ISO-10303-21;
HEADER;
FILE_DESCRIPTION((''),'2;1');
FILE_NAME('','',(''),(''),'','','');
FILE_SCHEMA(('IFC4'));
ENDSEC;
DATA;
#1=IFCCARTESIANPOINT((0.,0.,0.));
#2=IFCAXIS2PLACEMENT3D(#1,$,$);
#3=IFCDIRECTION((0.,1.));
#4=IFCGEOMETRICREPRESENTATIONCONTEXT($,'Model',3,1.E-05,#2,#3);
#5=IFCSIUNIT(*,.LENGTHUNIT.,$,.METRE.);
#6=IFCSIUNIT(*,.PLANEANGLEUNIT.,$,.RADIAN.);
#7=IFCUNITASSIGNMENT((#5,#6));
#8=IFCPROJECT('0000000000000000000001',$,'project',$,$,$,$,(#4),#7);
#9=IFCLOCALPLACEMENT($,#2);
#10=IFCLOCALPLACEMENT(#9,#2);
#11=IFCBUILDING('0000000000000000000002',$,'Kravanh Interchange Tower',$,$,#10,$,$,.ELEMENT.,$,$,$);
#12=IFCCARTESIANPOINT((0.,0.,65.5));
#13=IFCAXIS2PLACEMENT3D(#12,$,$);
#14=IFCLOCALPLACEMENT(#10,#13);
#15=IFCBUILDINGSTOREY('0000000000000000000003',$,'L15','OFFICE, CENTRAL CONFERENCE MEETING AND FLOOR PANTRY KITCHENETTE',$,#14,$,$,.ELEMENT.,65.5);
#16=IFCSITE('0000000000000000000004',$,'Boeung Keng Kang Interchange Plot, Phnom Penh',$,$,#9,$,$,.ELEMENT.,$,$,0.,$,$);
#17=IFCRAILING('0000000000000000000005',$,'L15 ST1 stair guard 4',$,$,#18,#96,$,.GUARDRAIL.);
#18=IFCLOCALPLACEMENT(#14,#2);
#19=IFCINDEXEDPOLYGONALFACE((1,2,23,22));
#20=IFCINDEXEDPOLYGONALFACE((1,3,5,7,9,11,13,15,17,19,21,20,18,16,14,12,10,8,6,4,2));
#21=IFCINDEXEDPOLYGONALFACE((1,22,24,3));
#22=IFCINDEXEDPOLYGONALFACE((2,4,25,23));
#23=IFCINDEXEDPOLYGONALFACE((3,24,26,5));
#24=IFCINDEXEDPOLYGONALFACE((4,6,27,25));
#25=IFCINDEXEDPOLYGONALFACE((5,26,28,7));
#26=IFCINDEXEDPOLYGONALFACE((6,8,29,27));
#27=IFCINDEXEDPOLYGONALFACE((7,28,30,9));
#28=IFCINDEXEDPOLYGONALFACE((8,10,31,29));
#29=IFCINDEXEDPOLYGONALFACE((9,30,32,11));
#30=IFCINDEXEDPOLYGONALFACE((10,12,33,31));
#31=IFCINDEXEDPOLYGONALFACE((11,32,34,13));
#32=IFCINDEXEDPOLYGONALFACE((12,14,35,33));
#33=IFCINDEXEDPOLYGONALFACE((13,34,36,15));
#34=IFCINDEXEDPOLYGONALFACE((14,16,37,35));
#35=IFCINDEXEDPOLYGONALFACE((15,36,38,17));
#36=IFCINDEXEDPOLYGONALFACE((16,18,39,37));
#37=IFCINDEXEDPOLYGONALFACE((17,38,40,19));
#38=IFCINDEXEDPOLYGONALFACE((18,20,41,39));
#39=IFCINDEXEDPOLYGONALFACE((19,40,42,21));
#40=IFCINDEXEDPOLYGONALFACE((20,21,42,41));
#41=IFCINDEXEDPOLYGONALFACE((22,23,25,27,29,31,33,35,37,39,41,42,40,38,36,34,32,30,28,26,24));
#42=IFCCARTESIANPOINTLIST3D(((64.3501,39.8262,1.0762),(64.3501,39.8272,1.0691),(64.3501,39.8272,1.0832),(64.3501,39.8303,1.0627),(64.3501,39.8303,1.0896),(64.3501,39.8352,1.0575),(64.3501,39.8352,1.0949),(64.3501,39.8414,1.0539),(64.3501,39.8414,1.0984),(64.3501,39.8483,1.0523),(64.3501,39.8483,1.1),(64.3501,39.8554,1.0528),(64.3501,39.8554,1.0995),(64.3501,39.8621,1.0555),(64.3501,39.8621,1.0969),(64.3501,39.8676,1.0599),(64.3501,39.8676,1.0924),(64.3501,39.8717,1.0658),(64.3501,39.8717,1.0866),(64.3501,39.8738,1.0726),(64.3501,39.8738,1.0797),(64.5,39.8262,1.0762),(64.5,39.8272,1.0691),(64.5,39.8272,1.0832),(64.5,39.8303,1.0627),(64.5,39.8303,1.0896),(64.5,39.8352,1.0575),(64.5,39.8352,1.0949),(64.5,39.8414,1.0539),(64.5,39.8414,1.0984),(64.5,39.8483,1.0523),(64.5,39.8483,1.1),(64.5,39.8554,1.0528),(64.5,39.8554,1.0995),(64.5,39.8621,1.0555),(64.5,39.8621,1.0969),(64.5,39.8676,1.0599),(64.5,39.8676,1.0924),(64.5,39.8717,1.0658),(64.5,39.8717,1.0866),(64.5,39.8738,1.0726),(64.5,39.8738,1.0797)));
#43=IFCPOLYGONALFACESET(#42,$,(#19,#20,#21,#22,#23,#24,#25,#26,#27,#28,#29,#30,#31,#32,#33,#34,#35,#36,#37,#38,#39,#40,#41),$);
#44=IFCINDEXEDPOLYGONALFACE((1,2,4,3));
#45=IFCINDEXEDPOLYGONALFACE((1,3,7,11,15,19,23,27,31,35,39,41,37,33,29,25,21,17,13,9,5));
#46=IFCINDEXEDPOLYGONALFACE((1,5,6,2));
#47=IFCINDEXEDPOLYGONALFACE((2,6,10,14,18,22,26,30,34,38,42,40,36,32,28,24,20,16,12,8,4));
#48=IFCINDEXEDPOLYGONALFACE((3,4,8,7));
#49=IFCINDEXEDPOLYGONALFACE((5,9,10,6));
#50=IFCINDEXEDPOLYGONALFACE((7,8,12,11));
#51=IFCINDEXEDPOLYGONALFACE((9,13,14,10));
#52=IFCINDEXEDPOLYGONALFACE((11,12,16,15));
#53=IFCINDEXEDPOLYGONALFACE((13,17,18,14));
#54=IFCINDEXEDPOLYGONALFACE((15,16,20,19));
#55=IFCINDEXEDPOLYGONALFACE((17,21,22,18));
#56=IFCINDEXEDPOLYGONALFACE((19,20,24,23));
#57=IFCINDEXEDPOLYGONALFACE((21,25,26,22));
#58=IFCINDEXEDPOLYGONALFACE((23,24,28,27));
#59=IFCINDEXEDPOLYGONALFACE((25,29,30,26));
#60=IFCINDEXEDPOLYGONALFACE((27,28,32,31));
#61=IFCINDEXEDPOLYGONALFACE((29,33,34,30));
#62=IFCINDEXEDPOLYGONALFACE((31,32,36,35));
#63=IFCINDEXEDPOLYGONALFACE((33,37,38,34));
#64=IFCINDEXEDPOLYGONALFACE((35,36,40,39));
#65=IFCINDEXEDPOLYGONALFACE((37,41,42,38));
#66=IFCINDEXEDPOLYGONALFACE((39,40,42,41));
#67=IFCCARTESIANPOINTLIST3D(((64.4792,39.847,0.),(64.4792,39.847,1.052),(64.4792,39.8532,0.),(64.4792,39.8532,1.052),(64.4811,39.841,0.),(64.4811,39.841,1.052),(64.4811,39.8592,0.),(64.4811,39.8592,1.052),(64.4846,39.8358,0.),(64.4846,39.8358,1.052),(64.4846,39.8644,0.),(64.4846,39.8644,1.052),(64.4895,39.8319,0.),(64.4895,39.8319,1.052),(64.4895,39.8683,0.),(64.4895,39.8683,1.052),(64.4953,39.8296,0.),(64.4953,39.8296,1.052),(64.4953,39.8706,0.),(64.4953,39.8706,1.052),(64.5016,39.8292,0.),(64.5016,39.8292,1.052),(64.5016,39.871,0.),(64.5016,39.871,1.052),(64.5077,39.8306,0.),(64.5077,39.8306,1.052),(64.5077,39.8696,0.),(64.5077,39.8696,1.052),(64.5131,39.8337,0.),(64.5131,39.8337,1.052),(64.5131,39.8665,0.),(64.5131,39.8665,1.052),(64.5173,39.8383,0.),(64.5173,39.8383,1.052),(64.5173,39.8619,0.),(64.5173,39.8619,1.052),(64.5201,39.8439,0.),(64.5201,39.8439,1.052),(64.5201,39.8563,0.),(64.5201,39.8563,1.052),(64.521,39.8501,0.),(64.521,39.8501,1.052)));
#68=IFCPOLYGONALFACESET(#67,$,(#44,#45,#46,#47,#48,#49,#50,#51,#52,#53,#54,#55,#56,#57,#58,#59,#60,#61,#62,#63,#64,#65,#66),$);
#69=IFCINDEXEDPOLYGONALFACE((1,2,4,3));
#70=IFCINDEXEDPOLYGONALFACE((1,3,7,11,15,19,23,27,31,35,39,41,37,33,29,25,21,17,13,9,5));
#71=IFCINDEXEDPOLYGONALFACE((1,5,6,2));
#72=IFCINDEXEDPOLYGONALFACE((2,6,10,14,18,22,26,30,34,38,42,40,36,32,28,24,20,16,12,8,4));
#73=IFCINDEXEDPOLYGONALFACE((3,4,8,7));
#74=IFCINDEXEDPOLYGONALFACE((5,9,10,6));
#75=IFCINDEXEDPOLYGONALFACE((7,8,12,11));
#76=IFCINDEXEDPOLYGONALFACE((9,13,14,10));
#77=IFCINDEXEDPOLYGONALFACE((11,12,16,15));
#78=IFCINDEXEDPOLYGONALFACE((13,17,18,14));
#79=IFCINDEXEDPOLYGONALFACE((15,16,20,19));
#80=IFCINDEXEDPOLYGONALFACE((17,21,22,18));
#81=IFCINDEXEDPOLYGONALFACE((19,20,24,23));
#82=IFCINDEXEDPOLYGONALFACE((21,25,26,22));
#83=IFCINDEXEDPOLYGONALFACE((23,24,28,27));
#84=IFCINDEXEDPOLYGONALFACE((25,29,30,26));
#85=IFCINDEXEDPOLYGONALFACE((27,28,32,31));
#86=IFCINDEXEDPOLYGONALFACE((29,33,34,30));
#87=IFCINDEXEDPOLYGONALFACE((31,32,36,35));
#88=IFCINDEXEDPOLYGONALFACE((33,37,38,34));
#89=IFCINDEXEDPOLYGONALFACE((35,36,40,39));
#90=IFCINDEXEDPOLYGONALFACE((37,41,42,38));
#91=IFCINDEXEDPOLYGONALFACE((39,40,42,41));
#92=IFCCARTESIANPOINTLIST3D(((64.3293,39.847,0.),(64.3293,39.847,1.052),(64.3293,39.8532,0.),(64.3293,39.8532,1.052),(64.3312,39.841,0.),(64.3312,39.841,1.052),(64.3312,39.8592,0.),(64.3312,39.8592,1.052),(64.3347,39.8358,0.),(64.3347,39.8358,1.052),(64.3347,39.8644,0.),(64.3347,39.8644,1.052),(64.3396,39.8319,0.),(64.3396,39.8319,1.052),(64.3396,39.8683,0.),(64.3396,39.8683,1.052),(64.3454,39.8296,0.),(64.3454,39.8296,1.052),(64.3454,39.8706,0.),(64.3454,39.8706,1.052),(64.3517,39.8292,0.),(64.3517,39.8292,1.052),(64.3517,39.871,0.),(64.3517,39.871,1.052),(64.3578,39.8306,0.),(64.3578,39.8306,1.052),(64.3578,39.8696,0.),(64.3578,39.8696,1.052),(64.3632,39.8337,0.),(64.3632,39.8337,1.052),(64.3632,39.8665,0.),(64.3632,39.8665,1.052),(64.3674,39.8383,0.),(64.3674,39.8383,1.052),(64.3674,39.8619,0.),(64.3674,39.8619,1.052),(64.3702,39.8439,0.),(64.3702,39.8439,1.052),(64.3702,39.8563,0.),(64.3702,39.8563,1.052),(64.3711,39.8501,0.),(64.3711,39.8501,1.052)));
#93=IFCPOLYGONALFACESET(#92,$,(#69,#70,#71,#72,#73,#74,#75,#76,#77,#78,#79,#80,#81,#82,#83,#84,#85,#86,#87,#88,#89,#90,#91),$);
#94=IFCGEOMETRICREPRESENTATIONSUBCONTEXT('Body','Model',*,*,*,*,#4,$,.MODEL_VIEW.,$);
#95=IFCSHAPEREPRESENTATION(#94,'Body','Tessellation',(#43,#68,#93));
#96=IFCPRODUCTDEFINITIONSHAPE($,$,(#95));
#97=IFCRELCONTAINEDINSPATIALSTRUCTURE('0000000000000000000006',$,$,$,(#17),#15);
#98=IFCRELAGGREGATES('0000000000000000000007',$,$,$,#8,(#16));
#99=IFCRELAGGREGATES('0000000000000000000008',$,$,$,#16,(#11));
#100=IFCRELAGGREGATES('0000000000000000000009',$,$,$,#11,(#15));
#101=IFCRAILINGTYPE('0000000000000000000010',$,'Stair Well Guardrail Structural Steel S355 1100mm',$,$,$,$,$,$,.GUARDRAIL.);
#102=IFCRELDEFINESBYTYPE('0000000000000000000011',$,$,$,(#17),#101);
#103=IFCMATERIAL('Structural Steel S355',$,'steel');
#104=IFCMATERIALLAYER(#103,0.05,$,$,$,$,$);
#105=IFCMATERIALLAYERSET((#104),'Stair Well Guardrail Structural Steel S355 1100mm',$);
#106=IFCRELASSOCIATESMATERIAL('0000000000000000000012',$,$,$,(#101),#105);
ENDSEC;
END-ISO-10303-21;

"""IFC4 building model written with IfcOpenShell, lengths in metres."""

from ifc_helpers import new_model, si_unit, direction, frame, origin, origin_2d, place, context, subcontext, project, spatial, circle, extrude, material, layer, layer_set, type_object, element, save


model = new_model("IFC4")

# Units and contexts
model_context = context("Model", 3, precision=1e-05, world=origin(), true_north=direction((0.0, 1.0)))
body_context = subcontext(model_context, "Body", "Model", "MODEL_VIEW")
ifc_project = project(units=[si_unit("LENGTHUNIT", "METRE"), si_unit("PLANEANGLEUNIT", "RADIAN")], contexts=[model_context])

# Site, building, storey
site_placement = place(None, origin())
site = spatial("IfcSite", under=ifc_project, at=site_placement, Name="Boeung Keng Kang Interchange Plot, Phnom Penh", CompositionType="ELEMENT", RefElevation=0.0)
building_placement = place(site_placement, origin())
building = spatial("IfcBuilding", under=site, at=building_placement, Name="Kravanh Interchange Tower", CompositionType="ELEMENT")
storey_placement = place(building_placement, frame((0.0, 0.0, 65.5)))
storey = spatial("IfcBuildingStorey", under=building, at=storey_placement, Name="L15", Description="OFFICE, CENTRAL CONFERENCE MEETING AND FLOOR PANTRY KITCHENETTE", CompositionType="ELEMENT", Elevation=65.5)

# Railing
ifc_material_1 = material(Name="Structural Steel S355", Category="steel")
ifc_layer_1 = layer(ifc_material_1, 0.05)
ifc_layer_set_1 = layer_set([ifc_layer_1], Name="Stair Well Guardrail Structural Steel S355 1100mm")
railing_type_1 = type_object("IfcRailingType", Name="Stair Well Guardrail Structural Steel S355 1100mm", PredefinedType="GUARDRAIL", material=ifc_layer_set_1)
railing_1_placement = place(storey_placement, frame((64.5, 39.8501, 0.0)))
element("IfcRailing", 1, at=railing_1_placement, inside=storey, type_object=railing_type_1, Name="L15 ST1 stair guard 4", PredefinedType="GUARDRAIL", context=body_context, shape_type="SweptSolid", body=[
    extrude(circle(Radius=0.0239, at=origin_2d()), frame((0.0, 0.0, 1.0762), z_axis=(-1.0, 0.0, 0.0), x_axis=(0.0, -1.0, 0.0)), (0.0, 0.0, 1.0), 0.1499),
    extrude(circle(Radius=0.021, at=origin_2d()), origin(), (0.0, 0.0, 1.0), 1.052),
    extrude(circle(Radius=0.021, at=origin_2d()), frame((-0.1499, 0.0, 0.0)), (0.0, 0.0, 1.0), 1.052),
])

save(model, "model.ifc")
